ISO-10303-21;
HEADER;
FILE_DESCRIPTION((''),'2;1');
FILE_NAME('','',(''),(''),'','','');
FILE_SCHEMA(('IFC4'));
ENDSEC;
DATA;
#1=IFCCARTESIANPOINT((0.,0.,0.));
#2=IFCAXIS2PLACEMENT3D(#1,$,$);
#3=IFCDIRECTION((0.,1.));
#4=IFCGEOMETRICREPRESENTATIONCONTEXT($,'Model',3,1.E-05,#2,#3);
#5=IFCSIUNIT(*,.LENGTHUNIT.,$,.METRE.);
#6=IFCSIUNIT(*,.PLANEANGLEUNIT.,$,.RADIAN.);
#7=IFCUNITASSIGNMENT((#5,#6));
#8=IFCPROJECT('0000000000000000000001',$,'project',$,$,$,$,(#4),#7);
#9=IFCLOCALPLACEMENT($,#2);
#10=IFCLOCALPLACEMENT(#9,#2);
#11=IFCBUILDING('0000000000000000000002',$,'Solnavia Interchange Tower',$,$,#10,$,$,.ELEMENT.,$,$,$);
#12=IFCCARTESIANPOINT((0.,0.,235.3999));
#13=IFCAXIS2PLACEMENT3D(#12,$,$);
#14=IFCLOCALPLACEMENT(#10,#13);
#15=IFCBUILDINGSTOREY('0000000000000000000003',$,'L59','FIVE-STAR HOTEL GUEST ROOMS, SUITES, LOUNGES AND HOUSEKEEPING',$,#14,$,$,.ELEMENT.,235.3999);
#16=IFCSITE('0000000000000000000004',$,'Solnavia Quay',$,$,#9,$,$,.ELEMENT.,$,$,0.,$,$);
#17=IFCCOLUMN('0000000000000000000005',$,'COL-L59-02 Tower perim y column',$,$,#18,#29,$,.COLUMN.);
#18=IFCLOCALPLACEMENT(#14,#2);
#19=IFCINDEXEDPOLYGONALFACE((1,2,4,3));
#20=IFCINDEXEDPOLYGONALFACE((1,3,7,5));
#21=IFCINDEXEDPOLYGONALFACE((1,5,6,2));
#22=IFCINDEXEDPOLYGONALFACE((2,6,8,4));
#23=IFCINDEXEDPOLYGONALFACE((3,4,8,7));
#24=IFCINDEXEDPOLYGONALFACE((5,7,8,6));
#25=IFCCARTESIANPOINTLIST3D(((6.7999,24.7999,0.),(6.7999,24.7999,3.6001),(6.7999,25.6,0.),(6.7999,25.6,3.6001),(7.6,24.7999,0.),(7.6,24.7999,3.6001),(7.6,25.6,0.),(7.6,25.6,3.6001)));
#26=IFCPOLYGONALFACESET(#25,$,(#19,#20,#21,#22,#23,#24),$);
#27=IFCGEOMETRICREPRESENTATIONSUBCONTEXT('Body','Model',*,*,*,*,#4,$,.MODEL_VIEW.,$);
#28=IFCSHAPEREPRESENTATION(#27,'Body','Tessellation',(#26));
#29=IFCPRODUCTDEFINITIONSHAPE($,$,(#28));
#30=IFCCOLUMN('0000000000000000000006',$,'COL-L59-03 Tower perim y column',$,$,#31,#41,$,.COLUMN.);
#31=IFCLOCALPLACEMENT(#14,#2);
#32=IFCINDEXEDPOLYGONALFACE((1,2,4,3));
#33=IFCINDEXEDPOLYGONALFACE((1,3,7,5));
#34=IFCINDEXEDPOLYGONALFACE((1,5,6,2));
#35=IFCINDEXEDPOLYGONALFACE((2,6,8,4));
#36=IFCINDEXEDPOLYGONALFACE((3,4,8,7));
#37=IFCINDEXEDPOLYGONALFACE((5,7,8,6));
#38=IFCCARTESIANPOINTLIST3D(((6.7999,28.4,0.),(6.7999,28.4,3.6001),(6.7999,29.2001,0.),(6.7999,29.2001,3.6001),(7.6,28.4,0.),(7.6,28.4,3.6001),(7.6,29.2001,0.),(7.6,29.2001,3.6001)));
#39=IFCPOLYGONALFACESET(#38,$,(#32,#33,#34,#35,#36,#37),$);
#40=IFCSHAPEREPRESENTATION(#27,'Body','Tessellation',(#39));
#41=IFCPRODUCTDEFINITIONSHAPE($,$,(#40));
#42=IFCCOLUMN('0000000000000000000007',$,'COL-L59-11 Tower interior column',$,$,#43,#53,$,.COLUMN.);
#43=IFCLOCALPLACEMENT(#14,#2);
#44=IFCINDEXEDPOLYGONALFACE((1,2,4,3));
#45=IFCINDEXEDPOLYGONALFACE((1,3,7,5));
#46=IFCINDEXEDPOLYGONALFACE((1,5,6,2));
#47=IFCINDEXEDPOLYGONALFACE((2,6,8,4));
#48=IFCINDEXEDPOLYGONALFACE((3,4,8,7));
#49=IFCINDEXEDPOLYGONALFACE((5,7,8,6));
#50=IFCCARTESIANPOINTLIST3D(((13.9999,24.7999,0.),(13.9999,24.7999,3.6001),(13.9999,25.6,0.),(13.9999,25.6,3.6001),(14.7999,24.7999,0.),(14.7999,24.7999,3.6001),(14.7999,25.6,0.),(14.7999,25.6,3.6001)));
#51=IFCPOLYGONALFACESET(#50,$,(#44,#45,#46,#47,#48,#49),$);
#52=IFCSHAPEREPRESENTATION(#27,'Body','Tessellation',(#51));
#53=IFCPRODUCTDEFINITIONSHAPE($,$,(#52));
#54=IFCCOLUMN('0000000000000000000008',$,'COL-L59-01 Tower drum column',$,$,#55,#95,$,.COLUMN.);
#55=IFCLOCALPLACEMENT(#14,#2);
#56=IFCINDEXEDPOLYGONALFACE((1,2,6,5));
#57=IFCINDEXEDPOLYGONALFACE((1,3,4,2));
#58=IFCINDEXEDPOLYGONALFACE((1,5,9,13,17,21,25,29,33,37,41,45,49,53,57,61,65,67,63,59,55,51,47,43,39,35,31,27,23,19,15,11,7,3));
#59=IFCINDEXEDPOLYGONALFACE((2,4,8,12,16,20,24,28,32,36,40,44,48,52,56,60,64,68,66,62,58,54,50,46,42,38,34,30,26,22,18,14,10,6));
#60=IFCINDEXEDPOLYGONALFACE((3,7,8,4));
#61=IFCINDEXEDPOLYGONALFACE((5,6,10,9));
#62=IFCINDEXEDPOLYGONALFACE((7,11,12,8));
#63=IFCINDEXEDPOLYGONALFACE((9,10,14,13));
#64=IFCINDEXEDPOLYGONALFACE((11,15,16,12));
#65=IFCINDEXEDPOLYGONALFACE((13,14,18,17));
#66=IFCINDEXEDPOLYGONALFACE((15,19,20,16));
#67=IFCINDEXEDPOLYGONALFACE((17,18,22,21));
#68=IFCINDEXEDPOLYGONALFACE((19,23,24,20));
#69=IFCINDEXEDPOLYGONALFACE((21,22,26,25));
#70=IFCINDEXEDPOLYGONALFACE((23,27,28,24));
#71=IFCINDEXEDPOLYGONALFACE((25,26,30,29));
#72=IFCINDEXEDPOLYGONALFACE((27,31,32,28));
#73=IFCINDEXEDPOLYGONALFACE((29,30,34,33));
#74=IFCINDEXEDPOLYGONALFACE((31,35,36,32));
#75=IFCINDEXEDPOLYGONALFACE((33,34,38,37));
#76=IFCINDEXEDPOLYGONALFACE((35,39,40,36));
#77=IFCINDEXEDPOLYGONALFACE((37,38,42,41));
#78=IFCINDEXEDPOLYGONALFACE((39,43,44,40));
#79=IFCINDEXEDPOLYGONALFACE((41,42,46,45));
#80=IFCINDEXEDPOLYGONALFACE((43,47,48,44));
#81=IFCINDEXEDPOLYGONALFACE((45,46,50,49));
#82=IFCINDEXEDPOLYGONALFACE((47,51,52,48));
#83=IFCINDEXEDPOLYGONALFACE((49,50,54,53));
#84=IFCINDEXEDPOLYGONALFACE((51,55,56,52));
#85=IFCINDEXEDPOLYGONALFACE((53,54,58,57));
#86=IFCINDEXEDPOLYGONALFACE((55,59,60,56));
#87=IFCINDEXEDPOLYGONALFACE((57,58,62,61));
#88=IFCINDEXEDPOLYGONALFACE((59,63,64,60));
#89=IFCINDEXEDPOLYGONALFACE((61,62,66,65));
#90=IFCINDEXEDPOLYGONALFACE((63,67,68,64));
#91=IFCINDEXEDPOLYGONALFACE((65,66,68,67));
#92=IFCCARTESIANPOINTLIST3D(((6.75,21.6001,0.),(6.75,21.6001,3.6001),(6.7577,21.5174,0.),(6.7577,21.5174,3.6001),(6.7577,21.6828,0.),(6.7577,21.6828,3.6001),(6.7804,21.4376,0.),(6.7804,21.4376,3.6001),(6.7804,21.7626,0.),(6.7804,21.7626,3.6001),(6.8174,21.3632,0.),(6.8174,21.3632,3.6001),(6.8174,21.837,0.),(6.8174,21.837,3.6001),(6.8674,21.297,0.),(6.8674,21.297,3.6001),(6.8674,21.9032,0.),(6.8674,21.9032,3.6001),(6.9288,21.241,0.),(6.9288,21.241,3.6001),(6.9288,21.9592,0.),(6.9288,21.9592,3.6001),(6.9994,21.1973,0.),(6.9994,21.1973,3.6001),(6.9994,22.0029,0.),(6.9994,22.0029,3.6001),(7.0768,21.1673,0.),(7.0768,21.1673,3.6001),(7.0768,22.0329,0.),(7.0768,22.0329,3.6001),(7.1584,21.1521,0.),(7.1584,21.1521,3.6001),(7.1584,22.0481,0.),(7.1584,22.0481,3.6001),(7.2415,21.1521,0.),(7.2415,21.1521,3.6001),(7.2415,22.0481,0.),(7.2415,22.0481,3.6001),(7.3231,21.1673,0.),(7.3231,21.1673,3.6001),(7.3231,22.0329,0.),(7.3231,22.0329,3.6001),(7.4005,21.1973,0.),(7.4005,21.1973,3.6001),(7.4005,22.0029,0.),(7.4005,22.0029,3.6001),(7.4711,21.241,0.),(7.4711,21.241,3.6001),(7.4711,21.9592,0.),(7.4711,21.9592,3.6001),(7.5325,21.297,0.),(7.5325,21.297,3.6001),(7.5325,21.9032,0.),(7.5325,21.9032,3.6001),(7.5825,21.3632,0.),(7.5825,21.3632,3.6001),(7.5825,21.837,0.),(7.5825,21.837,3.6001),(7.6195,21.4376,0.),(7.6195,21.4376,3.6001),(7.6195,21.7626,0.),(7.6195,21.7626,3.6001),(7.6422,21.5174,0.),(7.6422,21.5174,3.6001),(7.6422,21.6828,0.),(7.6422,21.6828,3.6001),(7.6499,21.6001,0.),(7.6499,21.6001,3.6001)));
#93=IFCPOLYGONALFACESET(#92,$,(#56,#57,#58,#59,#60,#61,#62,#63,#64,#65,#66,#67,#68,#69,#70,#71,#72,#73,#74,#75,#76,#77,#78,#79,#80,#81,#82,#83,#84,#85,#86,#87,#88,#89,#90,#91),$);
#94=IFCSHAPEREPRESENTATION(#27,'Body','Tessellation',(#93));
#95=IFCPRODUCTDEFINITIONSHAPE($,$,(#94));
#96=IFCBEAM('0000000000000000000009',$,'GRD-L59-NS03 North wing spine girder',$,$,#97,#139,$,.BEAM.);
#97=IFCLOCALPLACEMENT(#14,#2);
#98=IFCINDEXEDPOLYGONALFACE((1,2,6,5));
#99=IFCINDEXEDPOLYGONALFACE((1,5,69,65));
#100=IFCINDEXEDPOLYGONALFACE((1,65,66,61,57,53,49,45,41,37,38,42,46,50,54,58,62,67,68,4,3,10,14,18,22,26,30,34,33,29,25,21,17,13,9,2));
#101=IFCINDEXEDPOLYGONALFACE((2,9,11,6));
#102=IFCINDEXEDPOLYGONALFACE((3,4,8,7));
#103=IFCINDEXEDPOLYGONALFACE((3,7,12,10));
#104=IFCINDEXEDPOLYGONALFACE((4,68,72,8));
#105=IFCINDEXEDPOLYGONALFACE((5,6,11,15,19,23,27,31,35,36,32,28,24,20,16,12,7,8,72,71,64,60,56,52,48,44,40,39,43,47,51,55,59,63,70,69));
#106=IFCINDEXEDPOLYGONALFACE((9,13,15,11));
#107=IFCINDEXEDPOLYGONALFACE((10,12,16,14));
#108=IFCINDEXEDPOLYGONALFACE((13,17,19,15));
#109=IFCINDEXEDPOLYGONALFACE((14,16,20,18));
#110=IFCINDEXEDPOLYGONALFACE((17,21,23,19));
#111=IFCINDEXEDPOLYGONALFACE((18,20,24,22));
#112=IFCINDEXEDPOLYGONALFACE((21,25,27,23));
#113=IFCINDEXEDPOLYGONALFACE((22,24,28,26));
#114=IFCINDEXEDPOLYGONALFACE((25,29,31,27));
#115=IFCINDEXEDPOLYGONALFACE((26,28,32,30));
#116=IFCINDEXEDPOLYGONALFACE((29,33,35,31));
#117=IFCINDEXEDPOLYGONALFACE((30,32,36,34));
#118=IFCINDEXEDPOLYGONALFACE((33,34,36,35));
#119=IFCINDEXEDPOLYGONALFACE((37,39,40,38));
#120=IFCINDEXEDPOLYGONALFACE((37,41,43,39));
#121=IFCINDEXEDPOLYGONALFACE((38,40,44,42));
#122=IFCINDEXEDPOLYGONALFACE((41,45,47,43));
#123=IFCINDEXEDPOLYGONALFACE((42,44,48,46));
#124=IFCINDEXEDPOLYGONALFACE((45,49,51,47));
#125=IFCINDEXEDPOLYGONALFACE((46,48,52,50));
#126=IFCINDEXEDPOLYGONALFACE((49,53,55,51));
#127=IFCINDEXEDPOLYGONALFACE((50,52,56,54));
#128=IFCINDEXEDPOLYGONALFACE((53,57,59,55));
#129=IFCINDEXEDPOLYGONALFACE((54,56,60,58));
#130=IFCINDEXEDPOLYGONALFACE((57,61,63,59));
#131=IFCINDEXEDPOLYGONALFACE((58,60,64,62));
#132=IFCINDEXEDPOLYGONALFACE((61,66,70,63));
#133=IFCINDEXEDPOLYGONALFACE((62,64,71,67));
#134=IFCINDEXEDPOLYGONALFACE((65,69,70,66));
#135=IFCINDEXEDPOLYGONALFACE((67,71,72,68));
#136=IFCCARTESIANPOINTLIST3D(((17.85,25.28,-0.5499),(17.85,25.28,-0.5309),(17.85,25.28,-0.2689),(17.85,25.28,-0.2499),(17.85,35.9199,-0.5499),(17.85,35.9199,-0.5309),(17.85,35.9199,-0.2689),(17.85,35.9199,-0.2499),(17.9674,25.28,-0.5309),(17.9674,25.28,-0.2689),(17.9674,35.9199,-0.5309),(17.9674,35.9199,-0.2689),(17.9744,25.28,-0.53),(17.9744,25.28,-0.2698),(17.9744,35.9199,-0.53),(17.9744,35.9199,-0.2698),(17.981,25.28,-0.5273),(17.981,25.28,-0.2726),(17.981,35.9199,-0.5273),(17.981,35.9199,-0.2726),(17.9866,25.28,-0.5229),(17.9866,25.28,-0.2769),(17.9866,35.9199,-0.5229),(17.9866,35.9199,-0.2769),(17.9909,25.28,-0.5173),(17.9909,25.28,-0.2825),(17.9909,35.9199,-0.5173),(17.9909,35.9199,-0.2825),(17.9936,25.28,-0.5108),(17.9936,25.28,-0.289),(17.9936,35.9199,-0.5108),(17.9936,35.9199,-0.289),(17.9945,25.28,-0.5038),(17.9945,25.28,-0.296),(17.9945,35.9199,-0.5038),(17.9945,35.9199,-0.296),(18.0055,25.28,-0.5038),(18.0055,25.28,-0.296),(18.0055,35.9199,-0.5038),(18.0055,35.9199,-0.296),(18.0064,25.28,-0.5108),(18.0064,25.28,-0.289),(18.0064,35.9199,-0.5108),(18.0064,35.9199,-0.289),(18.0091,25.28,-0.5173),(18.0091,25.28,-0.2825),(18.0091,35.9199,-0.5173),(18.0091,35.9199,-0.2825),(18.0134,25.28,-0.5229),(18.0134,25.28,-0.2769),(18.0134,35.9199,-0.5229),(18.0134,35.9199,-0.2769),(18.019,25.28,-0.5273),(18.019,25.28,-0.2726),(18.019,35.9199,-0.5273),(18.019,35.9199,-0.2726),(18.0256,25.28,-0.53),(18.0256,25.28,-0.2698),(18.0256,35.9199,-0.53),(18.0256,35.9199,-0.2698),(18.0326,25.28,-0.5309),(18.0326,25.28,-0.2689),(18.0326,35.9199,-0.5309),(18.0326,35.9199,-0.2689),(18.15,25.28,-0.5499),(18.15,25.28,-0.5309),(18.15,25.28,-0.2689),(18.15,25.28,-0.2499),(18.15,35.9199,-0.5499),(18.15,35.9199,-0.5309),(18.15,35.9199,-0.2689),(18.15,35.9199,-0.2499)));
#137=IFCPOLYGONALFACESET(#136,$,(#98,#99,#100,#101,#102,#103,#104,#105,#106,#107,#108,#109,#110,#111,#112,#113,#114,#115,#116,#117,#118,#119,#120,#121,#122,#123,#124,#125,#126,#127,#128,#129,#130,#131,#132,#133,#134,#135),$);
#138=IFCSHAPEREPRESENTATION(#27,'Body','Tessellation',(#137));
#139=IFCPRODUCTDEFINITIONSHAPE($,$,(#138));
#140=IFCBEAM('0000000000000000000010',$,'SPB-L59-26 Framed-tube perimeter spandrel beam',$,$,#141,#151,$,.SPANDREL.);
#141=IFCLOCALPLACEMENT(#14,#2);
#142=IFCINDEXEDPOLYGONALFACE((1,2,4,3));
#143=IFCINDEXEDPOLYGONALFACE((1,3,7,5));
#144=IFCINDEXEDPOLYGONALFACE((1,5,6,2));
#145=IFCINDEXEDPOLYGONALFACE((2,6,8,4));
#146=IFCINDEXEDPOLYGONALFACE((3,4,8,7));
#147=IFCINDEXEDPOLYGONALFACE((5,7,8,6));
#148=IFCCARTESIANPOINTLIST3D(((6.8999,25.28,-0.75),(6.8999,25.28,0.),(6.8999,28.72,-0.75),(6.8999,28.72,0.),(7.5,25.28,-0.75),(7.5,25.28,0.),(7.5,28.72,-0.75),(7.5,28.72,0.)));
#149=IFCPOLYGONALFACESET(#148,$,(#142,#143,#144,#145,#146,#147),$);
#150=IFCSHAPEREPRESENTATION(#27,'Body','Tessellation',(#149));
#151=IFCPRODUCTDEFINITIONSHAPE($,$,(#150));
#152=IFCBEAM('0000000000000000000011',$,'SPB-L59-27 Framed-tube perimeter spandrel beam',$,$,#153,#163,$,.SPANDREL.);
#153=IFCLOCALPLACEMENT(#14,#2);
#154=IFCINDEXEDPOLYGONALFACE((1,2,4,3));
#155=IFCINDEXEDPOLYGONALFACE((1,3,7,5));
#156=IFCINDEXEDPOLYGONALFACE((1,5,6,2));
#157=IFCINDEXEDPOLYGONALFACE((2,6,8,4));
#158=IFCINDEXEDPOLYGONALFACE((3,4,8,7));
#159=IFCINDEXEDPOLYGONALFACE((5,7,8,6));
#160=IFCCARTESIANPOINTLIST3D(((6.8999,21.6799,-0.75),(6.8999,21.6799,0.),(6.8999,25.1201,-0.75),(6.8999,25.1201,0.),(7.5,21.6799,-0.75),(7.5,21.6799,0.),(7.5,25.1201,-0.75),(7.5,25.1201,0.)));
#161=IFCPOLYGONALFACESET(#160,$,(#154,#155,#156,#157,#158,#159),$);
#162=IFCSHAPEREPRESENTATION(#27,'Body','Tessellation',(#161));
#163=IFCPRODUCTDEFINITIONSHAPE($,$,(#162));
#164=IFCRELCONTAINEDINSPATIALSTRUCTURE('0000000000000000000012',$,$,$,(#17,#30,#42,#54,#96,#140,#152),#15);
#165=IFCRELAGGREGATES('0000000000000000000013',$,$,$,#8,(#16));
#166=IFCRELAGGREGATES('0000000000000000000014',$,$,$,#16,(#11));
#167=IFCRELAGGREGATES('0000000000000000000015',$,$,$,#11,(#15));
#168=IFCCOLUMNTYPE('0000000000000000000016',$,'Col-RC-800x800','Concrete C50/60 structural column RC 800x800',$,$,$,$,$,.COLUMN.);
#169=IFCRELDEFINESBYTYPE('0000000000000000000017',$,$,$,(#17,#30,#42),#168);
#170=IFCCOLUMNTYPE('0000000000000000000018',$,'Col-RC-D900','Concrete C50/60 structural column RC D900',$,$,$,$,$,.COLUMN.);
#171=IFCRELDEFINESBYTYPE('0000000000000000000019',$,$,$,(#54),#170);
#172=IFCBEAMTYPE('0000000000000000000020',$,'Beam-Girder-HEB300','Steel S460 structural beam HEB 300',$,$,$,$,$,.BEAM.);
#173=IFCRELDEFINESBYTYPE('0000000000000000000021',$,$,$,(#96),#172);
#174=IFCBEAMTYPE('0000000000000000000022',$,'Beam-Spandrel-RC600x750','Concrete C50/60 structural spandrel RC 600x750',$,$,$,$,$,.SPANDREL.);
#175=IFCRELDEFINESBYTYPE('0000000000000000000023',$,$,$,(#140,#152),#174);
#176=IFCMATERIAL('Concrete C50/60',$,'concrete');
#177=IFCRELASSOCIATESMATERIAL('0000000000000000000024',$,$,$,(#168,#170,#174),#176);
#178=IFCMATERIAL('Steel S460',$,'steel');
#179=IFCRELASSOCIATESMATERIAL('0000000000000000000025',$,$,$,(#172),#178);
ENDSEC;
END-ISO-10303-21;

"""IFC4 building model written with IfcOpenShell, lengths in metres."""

from ifc_helpers import new_model, si_unit, direction, frame, origin, origin_2d, place, context, subcontext, project, spatial, rectangle, circle, i_section, extrude, material, material_profile, profile_set, type_object, element, save


model = new_model("IFC4")

# Units and contexts
model_context = context("Model", 3, precision=1e-05, world=origin(), true_north=direction((0.0, 1.0)))
body_context = subcontext(model_context, "Body", "Model", "MODEL_VIEW")
ifc_project = project(units=[si_unit("LENGTHUNIT", "METRE"), si_unit("PLANEANGLEUNIT", "RADIAN")], contexts=[model_context])

# Site, building, storey
site_placement = place(None, origin())
site = spatial("IfcSite", under=ifc_project, at=site_placement, Name="Solnavia Quay", CompositionType="ELEMENT", RefElevation=0.0)
building_placement = place(site_placement, origin())
building = spatial("IfcBuilding", under=site, at=building_placement, Name="Solnavia Interchange Tower", CompositionType="ELEMENT")
storey_placement = place(building_placement, frame((0.0, 0.0, 235.3999)))
storey = spatial("IfcBuildingStorey", under=building, at=storey_placement, Name="L59", Description="FIVE-STAR HOTEL GUEST ROOMS, SUITES, LOUNGES AND HOUSEKEEPING", CompositionType="ELEMENT", Elevation=235.3999)

# Columns
ifc_material_1 = material(Name="Concrete C50/60", Category="concrete")
ifc_material_profile_1 = material_profile(ifc_material_1, rectangle(XDim=0.8, YDim=0.8, at=origin_2d()), Name="RC 800x800")
ifc_profile_set_1 = profile_set([ifc_material_profile_1], Name="Concrete C50/60")
column_type_1 = type_object("IfcColumnType", Name="Col-RC-800x800", Description="Concrete C50/60 structural column RC 800x800", PredefinedType="COLUMN", material=ifc_profile_set_1)
for number, where, z_axis, x_axis, name in (
    (1, (7.2, 25.2, 0.0), (0.0, 0.0, 1.0), (0.0, 1.0, 0.0), "COL-L59-02 Tower perim y column"),
    (2, (7.2, 28.8, 0.0), (0.0, 0.0, 1.0), (0.0, 1.0, 0.0), "COL-L59-03 Tower perim y column"),
    (3, (14.3999, 25.2, 0.0), (0.0, 0.0, 1.0), (1.0, 0.0, 0.0), "COL-L59-11 Tower interior column"),
):
    element("IfcColumn", number, at=place(storey_placement, frame(where, z_axis=z_axis, x_axis=x_axis)), inside=storey, type_object=column_type_1, Name=name, PredefinedType="COLUMN", context=body_context, shape_type="SweptSolid", body=[
        extrude(rectangle(XDim=0.8, YDim=0.8, at=origin_2d()), origin(), (0.0, 0.0, 1.0), 3.6001),
    ])
ifc_material_profile_2 = material_profile(ifc_material_1, circle(Radius=0.45, at=origin_2d()), Name="RC D900")
ifc_profile_set_2 = profile_set([ifc_material_profile_2], Name="Concrete C50/60")
column_type_2 = type_object("IfcColumnType", Name="Col-RC-D900", Description="Concrete C50/60 structural column RC D900", PredefinedType="COLUMN", material=ifc_profile_set_2)
column_placement = place(storey_placement, frame((7.2, 21.6001, 0.0), z_axis=(0.0, 0.0, 1.0), x_axis=(1.0, 0.0, 0.0)))
element("IfcColumn", 4, at=column_placement, inside=storey, type_object=column_type_2, Name="COL-L59-01 Tower drum column", PredefinedType="COLUMN", context=body_context, shape_type="SweptSolid", body=[
    extrude(circle(Radius=0.45, at=origin_2d()), origin(), (0.0, 0.0, 1.0), 3.6001),
])

# Beams
ifc_material_2 = material(Name="Steel S460", Category="steel")
ifc_material_profile_3 = material_profile(ifc_material_2, i_section(OverallWidth=0.3, OverallDepth=0.3, WebThickness=0.011, FlangeThickness=0.019, FilletRadius=0.0271, at=origin_2d()), Name="HEB 300")
ifc_profile_set_3 = profile_set([ifc_material_profile_3], Name="Steel S460")
beam_type_1 = type_object("IfcBeamType", Name="Beam-Girder-HEB300", Description="Steel S460 structural beam HEB 300", PredefinedType="BEAM", material=ifc_profile_set_3)
beam_1_placement = place(storey_placement, frame((18.0, 25.28, -0.3999), z_axis=(0.0, 1.0, 0.0), x_axis=(-1.0, 0.0, 0.0)))
element("IfcBeam", 5, at=beam_1_placement, inside=storey, type_object=beam_type_1, Name="GRD-L59-NS03 North wing spine girder", PredefinedType="BEAM", context=body_context, shape_type="SweptSolid", body=[
    extrude(i_section(OverallWidth=0.3, OverallDepth=0.3, WebThickness=0.011, FlangeThickness=0.019, FilletRadius=0.0271, at=origin_2d()), origin(), (0.0, 0.0, 1.0), 10.6399),
])
ifc_material_profile_4 = material_profile(ifc_material_1, rectangle(XDim=0.6001, YDim=0.75, at=origin_2d()), Name="RC 600x750")
ifc_profile_set_4 = profile_set([ifc_material_profile_4], Name="Concrete C50/60")
beam_type_2 = type_object("IfcBeamType", Name="Beam-Spandrel-RC600x750", Description="Concrete C50/60 structural spandrel RC 600x750", PredefinedType="SPANDREL", material=ifc_profile_set_4)
beam_2_placement = place(storey_placement, frame((7.2, 28.72, -0.375), z_axis=(0.0, -1.0, 0.0), x_axis=(1.0, 0.0, 0.0)))
element("IfcBeam", 6, at=beam_2_placement, inside=storey, type_object=beam_type_2, Name="SPB-L59-26 Framed-tube perimeter spandrel beam", PredefinedType="SPANDREL", context=body_context, shape_type="SweptSolid", body=[
    extrude(rectangle(XDim=0.6001, YDim=0.75, at=origin_2d()), origin(), (0.0, 0.0, 1.0), 3.4399),
])
beam_3_placement = place(storey_placement, frame((7.2, 25.1201, -0.375), z_axis=(0.0, -1.0, 0.0), x_axis=(1.0, 0.0, 0.0)))
element("IfcBeam", 7, at=beam_3_placement, inside=storey, type_object=beam_type_2, Name="SPB-L59-27 Framed-tube perimeter spandrel beam", PredefinedType="SPANDREL", context=body_context, shape_type="SweptSolid", body=[
    extrude(rectangle(XDim=0.6001, YDim=0.75, at=origin_2d()), origin(), (0.0, 0.0, 1.0), 3.4402),
])

save(model, "model.ifc")
